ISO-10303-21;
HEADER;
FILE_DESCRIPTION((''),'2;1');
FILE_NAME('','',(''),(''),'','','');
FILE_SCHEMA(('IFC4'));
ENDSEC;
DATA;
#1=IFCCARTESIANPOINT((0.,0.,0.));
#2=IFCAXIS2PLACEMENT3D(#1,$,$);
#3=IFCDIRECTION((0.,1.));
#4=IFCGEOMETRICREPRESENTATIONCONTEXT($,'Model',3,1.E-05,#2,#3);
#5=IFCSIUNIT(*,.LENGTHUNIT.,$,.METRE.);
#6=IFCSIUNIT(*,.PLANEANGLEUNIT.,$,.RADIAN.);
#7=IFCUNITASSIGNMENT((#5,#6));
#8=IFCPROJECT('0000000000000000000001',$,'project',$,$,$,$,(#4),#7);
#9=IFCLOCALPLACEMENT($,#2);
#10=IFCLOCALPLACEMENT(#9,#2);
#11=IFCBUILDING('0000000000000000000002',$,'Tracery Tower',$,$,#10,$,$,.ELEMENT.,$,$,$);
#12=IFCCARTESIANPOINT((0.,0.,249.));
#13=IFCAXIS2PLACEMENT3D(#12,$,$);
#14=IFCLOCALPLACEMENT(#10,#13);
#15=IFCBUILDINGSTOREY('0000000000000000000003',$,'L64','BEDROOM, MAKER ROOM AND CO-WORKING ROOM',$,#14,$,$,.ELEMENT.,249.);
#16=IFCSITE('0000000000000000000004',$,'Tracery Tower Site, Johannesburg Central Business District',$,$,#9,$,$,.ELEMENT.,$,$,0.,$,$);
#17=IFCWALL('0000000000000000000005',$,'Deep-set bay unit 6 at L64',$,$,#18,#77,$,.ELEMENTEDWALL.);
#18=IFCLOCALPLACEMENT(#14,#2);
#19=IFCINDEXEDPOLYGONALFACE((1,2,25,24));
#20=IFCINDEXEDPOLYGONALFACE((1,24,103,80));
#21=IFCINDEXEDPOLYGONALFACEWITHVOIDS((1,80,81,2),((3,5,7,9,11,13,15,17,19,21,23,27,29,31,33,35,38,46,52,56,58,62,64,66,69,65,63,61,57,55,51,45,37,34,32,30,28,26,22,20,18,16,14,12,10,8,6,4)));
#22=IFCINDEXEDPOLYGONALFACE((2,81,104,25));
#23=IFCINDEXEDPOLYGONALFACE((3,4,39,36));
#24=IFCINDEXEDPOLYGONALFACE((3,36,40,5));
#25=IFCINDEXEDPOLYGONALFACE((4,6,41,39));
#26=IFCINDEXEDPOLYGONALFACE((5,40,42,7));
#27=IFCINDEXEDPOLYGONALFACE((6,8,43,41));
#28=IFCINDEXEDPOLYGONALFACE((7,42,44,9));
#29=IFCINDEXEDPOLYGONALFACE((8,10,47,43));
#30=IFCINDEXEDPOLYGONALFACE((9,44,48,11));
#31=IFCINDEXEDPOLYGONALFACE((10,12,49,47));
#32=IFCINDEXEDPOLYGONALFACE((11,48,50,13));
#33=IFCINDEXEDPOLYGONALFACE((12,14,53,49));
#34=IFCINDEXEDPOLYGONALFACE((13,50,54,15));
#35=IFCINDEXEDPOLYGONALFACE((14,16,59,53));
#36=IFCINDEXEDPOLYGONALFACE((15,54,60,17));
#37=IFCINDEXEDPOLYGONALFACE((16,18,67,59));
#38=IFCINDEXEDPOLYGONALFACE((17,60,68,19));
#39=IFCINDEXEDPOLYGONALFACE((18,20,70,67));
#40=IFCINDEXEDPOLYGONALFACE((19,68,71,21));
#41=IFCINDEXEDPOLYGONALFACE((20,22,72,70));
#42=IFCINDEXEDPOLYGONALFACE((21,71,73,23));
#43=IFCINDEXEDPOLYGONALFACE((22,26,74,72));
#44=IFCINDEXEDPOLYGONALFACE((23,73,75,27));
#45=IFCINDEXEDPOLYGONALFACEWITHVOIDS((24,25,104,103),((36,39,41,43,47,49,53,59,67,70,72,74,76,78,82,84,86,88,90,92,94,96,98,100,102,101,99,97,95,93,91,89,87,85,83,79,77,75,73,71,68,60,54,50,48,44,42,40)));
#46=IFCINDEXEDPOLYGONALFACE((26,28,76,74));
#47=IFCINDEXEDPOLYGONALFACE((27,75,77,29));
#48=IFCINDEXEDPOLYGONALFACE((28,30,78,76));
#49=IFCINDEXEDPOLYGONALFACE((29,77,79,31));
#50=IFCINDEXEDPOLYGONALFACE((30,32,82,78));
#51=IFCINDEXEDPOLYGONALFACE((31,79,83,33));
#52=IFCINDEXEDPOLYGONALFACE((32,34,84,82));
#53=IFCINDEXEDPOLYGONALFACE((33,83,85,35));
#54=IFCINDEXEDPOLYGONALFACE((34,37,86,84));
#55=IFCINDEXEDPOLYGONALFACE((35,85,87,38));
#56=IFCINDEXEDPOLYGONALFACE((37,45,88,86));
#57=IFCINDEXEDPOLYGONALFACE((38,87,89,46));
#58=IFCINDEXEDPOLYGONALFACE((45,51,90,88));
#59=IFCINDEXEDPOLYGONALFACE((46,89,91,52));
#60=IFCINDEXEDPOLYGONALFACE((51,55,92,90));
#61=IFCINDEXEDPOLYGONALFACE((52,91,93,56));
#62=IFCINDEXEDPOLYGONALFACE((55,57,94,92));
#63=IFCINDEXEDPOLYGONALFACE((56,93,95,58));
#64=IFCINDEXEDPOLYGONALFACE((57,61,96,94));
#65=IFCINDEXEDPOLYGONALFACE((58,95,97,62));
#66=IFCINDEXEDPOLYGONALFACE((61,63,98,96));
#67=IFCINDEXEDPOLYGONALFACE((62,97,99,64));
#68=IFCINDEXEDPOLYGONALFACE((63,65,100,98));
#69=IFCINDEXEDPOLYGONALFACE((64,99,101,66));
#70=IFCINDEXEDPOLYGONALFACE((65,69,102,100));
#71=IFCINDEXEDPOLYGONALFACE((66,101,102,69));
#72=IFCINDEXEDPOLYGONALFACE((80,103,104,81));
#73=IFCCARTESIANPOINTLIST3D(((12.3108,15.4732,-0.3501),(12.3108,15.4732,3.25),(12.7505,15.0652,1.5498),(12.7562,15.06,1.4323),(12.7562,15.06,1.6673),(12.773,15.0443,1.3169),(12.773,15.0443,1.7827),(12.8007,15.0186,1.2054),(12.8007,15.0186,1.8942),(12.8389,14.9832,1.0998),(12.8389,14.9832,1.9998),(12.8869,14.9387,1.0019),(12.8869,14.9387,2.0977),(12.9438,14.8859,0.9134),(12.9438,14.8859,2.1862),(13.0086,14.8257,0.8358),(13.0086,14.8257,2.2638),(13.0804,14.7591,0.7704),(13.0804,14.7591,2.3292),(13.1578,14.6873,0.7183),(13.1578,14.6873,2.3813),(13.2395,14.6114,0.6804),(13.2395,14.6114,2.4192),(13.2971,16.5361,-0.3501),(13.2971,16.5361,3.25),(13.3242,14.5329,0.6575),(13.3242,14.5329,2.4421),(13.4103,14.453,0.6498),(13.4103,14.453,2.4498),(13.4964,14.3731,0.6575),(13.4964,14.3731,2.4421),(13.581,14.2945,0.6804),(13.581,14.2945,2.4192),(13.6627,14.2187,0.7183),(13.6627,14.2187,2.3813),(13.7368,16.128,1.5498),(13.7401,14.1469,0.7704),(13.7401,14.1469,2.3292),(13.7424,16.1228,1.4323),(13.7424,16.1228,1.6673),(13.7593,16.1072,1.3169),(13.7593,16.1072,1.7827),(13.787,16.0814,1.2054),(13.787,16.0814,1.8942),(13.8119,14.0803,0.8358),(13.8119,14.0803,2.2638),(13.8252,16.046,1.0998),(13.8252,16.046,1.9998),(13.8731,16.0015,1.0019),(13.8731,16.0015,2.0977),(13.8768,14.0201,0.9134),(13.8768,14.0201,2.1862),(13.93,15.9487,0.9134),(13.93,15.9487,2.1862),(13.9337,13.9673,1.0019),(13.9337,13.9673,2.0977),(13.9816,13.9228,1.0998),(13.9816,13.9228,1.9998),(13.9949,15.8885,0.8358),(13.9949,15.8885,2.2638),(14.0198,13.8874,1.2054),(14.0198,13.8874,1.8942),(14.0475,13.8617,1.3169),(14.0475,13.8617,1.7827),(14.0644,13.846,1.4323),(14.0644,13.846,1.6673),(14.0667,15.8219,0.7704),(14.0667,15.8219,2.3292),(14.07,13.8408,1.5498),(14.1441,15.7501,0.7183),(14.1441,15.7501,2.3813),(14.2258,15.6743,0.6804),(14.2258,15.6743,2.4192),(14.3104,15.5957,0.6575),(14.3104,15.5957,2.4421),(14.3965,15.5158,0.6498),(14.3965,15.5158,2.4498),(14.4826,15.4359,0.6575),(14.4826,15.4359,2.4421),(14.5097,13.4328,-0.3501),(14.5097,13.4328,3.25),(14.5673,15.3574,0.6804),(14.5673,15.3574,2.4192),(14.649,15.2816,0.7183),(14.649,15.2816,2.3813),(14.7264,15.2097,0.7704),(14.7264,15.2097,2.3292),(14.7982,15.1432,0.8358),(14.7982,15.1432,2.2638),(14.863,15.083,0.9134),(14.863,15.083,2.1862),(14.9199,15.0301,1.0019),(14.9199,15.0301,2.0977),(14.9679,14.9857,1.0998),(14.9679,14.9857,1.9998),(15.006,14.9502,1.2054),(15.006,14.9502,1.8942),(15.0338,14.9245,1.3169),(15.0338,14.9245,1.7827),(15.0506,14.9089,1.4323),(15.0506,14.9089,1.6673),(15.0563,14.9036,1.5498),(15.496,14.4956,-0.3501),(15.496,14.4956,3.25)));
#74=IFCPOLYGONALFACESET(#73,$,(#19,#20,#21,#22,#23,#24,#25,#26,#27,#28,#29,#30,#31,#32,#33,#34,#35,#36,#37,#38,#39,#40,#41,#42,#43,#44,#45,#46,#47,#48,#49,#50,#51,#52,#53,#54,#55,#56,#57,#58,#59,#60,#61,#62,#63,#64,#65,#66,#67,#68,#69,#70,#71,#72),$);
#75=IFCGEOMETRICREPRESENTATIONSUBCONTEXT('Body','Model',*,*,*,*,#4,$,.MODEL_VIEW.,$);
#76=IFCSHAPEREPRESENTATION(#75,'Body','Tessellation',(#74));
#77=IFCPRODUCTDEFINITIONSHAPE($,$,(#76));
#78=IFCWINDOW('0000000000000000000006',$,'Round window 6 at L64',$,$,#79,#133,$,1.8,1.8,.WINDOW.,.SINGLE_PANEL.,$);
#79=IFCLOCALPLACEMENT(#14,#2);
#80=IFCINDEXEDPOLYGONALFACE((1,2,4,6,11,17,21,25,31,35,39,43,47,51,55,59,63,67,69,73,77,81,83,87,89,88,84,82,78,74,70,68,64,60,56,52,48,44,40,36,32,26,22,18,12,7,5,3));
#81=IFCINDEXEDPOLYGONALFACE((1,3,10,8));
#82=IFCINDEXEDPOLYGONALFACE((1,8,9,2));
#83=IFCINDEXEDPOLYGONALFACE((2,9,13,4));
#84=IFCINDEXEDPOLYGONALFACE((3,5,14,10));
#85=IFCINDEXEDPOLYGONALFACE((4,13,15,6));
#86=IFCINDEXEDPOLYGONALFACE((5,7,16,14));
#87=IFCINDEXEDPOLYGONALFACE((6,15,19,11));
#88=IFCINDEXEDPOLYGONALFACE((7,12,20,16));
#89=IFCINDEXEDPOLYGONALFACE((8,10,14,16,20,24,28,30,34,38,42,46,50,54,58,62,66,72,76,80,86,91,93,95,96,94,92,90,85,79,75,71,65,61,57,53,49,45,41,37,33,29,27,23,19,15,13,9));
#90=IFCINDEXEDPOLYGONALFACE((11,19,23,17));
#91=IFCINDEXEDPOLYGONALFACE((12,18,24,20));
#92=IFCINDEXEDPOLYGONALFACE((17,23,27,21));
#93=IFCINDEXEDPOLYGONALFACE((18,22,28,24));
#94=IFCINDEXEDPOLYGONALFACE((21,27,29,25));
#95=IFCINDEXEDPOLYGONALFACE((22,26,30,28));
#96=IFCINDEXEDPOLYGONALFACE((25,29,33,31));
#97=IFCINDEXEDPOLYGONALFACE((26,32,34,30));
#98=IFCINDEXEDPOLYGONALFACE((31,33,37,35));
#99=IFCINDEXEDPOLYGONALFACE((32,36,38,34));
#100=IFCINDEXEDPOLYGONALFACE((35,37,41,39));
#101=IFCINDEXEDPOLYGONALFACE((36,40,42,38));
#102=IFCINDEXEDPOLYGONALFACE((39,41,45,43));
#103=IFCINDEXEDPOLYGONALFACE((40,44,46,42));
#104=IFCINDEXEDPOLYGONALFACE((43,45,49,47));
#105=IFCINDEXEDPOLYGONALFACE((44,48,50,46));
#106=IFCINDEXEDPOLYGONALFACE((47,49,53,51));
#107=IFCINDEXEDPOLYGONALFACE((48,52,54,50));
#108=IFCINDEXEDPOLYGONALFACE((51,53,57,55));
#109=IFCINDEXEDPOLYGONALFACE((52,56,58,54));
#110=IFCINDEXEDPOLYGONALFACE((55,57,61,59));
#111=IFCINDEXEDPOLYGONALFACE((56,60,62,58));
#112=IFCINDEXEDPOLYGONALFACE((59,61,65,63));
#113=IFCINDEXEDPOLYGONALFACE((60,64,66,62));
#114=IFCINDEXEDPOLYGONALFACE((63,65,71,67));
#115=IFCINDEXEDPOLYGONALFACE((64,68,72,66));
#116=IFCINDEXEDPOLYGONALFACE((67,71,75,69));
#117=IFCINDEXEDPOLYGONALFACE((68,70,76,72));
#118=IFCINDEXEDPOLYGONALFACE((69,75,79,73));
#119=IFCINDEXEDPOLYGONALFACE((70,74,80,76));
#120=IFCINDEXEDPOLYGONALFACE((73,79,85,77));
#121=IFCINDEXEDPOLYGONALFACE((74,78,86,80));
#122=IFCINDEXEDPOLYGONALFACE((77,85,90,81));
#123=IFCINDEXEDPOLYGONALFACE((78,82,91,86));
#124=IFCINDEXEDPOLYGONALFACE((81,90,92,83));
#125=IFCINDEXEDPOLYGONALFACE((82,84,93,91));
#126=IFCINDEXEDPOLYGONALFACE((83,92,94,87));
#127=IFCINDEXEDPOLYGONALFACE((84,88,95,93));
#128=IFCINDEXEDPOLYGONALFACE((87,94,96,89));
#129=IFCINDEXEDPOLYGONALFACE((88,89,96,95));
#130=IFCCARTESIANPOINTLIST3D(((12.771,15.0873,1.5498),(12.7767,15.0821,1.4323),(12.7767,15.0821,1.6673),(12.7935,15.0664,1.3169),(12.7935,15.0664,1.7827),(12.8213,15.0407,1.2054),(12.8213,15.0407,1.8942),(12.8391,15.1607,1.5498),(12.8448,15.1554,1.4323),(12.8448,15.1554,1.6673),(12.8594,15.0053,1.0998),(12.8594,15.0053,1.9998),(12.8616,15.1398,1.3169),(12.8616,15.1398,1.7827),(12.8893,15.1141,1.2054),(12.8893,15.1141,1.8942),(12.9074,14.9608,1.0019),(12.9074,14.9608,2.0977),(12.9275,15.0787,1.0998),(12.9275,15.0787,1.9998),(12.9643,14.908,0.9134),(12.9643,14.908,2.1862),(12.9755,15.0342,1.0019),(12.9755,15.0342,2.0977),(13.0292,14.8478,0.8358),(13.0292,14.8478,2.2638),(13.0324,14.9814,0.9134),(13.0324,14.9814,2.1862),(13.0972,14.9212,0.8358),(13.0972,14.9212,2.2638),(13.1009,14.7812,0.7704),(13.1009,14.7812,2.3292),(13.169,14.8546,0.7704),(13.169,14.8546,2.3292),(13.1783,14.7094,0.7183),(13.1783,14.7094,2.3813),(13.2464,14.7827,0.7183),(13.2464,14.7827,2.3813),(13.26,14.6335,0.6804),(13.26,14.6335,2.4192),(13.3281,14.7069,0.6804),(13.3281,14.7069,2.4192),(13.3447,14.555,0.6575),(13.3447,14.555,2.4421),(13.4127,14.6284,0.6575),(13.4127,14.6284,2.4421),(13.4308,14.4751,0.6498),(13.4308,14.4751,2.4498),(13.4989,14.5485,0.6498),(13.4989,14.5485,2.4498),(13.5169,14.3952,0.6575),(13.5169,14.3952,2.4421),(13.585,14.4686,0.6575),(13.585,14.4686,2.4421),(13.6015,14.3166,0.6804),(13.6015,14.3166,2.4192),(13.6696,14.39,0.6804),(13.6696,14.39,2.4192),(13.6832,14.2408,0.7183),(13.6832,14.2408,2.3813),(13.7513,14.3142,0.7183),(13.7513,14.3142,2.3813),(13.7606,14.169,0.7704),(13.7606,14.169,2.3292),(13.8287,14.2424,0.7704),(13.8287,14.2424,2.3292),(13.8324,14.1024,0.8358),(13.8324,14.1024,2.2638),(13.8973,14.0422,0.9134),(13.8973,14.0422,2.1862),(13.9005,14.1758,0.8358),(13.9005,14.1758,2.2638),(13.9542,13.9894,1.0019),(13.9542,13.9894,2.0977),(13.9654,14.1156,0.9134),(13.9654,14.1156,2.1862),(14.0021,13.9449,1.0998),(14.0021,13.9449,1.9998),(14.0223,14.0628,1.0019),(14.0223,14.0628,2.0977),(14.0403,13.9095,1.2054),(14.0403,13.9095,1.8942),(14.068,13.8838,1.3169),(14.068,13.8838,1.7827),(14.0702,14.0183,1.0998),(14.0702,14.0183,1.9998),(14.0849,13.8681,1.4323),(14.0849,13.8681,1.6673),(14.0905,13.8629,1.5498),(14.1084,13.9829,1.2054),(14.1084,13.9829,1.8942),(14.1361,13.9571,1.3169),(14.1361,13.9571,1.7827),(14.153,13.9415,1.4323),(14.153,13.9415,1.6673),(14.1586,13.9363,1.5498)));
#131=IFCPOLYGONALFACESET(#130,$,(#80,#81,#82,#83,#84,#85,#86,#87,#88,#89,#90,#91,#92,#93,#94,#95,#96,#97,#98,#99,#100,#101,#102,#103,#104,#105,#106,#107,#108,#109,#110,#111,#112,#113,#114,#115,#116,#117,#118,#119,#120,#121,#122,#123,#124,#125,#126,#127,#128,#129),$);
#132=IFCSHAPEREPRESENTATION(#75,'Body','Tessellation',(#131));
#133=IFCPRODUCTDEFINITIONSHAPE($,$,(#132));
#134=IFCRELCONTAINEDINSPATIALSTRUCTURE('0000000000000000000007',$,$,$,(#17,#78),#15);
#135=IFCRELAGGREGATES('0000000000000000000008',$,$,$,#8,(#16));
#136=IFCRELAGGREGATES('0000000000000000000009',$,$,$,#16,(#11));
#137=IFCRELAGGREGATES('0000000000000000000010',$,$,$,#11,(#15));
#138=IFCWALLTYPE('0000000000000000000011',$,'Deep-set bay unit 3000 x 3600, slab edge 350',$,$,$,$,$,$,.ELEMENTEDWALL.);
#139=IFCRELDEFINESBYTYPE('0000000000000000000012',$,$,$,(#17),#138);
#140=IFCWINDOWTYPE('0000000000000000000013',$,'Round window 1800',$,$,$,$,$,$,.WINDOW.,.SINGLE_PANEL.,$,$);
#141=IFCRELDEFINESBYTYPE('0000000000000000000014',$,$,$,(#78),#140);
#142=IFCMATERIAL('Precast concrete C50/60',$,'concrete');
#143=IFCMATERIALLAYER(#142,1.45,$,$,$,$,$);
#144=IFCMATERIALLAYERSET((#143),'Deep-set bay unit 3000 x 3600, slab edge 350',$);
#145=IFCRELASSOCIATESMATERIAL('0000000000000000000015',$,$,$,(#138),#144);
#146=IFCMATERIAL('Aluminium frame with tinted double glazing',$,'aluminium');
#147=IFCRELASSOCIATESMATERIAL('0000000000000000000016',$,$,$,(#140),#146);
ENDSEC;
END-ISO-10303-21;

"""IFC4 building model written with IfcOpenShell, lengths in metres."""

from ifc_helpers import new_model, si_unit, direction, frame, frame_2d, origin, origin_2d, place, context, subcontext, project, spatial, rectangle, circle, extrude, material, layer, layer_set, type_object, element, fill, save


model = new_model("IFC4")

# Units and contexts
model_context = context("Model", 3, precision=1e-05, world=origin(), true_north=direction((0.0, 1.0)))
body_context = subcontext(model_context, "Body", "Model", "MODEL_VIEW")
ifc_project = project(units=[si_unit("LENGTHUNIT", "METRE"), si_unit("PLANEANGLEUNIT", "RADIAN")], contexts=[model_context])

# Site, building, storey
site_placement = place(None, origin())
site = spatial("IfcSite", under=ifc_project, at=site_placement, Name="Tracery Tower Site, Johannesburg Central Business District", CompositionType="ELEMENT", RefElevation=0.0)
building_placement = place(site_placement, origin())
building = spatial("IfcBuilding", under=site, at=building_placement, Name="Tracery Tower", CompositionType="ELEMENT")
storey_placement = place(building_placement, frame((0.0, 0.0, 249.0)))
storey = spatial("IfcBuildingStorey", under=building, at=storey_placement, Name="L64", Description="BEDROOM, MAKER ROOM AND CO-WORKING ROOM", CompositionType="ELEMENT", Elevation=249.0)

# Wall, opening, window
ifc_material_1 = material(Name="Precast concrete C50/60", Category="concrete")
ifc_layer_1 = layer(ifc_material_1, 1.45)
ifc_layer_set_1 = layer_set([ifc_layer_1], Name="Deep-set bay unit 3000 x 3600, slab edge 350")
wall_type_1 = type_object("IfcWallType", Name="Deep-set bay unit 3000 x 3600, slab edge 350", PredefinedType="ELEMENTEDWALL", material=ifc_layer_set_1)
wall_1_placement = place(storey_placement, frame((15.0029, 13.9641, -0.3501), z_axis=(0.0, 0.0, 1.0), x_axis=(-0.733022, 0.680204, 0.0)))
wall_1 = element("IfcWall", 1, at=wall_1_placement, inside=storey, type_object=wall_type_1, Name="Deep-set bay unit 6 at L64", PredefinedType="ELEMENTEDWALL", context=body_context, shape_type="SweptSolid", body=[
    extrude(rectangle(XDim=2.9998, YDim=1.45, at=frame_2d((1.5, 0.0))), origin(), (0.0, 0.0, 1.0), 3.6001),
])
opening_1_placement = place(wall_1_placement, frame((1.5, 0.0, 1.8999)))
opening_1 = element("IfcOpeningElement", 2, at=opening_1_placement, cuts=wall_1, PredefinedType="OPENING", context=body_context, shape_type="SweptSolid", body=[
    extrude(circle(Radius=0.9, at=origin_2d()), frame((0.0, 0.7349, 0.0), z_axis=(0.0, -1.0, 0.0), x_axis=(1.0, 0.0, 0.0)), (0.0, 0.0, 1.0), 1.47),
])
ifc_material_2 = material(Name="Aluminium frame with tinted double glazing", Category="aluminium")
window_type = type_object("IfcWindowType", Name="Round window 1800", PartitioningType="SINGLE_PANEL", PredefinedType="WINDOW", material=ifc_material_2)
window_1_placement = place(opening_1_placement, origin())
window_1 = element("IfcWindow", 3, at=window_1_placement, inside=storey, type_object=window_type, Name="Round window 6 at L64", OverallHeight=1.8, OverallWidth=1.8, PartitioningType="SINGLE_PANEL", PredefinedType="WINDOW", context=body_context, shape_type="SweptSolid", body=[
    extrude(circle(Radius=0.9, at=origin_2d()), frame((0.0, 0.6948, 0.0), z_axis=(0.0, -1.0, 0.0), x_axis=(1.0, 0.0, 0.0)), (0.0, 0.0, 1.0), 0.1001),
])
fill(opening_1, window_1)

save(model, "model.ifc")
